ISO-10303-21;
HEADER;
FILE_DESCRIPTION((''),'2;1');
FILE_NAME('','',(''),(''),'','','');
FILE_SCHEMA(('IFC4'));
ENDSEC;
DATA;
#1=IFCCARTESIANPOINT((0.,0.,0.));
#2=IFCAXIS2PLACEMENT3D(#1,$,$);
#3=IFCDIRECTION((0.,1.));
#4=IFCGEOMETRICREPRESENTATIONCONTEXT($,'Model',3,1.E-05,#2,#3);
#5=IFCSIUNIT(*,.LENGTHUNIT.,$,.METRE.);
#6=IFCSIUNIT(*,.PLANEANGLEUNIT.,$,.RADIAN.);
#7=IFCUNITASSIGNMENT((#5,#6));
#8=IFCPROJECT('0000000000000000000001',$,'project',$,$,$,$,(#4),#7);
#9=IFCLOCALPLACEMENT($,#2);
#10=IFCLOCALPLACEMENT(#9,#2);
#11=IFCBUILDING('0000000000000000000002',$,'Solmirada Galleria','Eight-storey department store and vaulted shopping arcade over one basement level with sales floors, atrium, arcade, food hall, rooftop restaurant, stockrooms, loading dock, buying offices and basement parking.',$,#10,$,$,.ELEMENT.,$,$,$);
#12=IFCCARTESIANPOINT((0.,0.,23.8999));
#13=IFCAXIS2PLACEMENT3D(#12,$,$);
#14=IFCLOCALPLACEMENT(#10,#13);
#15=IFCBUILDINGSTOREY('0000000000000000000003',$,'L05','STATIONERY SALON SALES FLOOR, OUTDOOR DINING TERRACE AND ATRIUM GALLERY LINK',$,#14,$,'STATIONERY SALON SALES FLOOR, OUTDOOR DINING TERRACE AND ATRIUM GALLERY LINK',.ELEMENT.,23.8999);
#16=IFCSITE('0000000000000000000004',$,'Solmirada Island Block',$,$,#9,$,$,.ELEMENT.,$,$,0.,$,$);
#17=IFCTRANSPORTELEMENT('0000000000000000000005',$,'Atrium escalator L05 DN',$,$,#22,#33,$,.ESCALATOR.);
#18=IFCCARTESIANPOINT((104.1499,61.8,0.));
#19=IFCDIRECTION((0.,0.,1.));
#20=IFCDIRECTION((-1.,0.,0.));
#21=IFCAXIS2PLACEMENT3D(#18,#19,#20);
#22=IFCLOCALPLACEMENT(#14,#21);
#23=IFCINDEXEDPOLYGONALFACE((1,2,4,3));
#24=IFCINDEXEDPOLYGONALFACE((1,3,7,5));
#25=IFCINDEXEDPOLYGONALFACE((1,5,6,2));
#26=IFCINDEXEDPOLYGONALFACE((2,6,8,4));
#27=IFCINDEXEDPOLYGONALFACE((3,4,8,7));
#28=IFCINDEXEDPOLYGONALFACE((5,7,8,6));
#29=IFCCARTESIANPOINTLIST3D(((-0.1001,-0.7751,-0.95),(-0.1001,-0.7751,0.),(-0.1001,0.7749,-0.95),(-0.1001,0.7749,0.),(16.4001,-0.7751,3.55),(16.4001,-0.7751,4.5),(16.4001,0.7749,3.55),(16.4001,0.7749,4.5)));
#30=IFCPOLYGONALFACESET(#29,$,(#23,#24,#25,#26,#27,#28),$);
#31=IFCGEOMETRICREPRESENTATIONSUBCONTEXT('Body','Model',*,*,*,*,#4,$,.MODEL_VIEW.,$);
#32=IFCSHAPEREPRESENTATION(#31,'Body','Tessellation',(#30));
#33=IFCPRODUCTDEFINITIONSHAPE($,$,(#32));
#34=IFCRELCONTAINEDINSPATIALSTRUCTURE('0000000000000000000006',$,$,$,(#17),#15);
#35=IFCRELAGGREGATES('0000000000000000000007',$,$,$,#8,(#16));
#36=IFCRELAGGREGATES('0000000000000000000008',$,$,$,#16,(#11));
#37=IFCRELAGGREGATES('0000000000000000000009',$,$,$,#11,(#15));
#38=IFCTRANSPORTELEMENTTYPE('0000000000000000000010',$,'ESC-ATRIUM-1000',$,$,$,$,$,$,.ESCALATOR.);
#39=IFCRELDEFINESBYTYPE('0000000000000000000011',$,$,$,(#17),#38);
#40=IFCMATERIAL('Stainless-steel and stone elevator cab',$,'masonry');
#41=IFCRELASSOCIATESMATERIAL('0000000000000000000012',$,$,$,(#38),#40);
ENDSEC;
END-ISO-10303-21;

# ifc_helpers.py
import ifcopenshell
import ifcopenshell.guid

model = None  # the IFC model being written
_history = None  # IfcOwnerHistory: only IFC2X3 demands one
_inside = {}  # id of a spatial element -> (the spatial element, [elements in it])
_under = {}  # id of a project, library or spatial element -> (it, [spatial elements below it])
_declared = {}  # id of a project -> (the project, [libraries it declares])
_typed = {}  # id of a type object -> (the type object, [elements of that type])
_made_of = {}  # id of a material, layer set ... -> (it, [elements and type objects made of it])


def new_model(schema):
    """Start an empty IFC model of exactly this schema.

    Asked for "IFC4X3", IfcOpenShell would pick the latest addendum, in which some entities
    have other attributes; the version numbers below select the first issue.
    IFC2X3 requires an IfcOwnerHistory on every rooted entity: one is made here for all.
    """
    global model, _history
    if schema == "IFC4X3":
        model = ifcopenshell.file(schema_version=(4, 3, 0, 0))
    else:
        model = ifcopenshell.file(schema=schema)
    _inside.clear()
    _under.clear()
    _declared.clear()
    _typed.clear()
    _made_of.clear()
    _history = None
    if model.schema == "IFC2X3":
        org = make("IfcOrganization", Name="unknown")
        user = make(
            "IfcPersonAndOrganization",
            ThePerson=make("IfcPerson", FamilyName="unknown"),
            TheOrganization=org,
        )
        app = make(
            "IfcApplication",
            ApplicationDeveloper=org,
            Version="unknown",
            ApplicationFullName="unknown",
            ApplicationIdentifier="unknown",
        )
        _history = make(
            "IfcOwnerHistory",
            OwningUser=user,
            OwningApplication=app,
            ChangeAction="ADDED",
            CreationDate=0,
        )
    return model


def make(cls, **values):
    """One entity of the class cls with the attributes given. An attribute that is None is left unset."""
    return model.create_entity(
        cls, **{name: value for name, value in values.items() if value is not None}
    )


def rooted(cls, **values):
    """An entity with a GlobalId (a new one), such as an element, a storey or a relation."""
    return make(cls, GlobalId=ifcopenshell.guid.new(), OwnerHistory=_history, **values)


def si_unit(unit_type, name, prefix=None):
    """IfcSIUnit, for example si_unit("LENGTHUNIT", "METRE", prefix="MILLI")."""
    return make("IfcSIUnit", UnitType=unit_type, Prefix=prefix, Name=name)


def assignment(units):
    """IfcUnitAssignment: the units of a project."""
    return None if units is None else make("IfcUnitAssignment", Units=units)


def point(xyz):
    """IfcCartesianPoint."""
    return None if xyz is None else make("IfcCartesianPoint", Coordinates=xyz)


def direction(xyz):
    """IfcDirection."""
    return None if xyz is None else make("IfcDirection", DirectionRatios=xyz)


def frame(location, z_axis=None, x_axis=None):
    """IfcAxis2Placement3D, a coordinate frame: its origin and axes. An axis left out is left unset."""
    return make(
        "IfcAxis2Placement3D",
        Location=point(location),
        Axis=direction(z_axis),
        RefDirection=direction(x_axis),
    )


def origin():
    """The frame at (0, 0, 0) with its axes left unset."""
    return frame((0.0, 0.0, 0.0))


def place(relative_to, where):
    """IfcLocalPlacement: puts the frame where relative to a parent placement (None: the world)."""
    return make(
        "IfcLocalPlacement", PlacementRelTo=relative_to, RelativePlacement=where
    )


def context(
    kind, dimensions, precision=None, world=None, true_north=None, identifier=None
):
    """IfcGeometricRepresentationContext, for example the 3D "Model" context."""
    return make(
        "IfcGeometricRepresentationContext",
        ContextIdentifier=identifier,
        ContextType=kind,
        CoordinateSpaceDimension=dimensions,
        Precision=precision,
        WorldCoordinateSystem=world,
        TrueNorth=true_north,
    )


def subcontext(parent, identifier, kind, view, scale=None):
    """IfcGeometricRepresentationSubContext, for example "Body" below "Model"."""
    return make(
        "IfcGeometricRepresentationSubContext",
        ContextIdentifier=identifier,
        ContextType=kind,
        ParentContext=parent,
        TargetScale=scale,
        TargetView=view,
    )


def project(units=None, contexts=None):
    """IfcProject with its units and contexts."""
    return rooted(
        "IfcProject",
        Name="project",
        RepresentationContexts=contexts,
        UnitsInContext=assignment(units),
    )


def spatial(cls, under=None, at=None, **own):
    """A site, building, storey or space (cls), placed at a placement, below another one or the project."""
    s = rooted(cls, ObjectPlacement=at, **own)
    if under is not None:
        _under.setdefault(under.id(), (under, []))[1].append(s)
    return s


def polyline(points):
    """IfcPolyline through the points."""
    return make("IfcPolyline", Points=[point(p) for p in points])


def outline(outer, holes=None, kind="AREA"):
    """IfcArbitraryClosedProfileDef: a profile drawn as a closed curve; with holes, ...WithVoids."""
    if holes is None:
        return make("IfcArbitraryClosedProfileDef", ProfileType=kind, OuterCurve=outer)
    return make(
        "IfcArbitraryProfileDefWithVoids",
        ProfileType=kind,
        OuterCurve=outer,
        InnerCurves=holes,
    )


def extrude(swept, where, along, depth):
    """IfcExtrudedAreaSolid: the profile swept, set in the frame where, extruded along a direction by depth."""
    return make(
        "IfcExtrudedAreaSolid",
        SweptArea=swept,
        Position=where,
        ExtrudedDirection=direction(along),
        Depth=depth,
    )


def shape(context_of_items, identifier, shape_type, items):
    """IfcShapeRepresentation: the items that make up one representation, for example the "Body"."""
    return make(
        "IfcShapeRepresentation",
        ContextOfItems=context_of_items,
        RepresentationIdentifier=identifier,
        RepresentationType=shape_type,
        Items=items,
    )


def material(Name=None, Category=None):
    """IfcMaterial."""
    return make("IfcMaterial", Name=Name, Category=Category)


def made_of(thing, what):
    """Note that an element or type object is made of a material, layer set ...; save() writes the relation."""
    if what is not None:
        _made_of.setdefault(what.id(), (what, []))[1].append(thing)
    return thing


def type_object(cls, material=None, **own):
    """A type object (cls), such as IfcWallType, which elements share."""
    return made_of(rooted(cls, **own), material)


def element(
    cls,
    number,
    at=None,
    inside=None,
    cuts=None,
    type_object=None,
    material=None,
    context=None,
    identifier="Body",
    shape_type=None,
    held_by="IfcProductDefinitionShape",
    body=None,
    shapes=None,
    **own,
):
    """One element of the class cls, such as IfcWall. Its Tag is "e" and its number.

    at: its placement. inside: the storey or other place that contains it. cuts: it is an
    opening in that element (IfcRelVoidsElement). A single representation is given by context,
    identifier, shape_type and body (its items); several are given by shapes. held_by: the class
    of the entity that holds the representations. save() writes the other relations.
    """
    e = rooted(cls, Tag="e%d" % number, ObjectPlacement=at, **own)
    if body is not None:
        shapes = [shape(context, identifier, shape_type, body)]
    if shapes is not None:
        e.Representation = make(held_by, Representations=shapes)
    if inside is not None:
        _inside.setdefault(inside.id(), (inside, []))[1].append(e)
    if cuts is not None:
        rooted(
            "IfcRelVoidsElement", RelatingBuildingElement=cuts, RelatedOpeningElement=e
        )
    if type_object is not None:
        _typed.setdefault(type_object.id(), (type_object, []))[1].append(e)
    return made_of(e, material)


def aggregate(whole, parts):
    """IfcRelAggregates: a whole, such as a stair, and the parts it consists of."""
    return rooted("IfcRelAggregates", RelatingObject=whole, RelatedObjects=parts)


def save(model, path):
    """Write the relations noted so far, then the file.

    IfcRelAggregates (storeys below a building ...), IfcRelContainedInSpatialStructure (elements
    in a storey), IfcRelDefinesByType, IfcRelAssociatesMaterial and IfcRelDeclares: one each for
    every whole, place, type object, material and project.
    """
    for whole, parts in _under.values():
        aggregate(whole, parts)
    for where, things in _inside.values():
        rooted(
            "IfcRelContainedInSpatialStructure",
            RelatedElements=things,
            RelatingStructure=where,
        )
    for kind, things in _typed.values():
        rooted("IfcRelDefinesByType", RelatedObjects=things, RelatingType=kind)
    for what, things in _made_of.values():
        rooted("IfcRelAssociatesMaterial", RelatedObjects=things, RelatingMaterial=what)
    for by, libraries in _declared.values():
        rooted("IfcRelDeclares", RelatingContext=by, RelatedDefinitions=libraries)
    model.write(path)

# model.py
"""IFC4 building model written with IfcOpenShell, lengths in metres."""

from ifc_helpers import new_model, si_unit, direction, frame, origin, place, context, subcontext, project, spatial, polyline, outline, extrude, material, type_object, element, save


model = new_model("IFC4")

# Units and contexts
model_context = context("Model", 3, precision=1e-05, world=origin(), true_north=direction((0.0, 1.0)))
body_context = subcontext(model_context, "Body", "Model", "MODEL_VIEW")
ifc_project = project(units=[si_unit("LENGTHUNIT", "METRE"), si_unit("PLANEANGLEUNIT", "RADIAN")], contexts=[model_context])

# Site, building, storey
site_placement = place(None, origin())
site = spatial("IfcSite", under=ifc_project, at=site_placement, Name="Solmirada Island Block", CompositionType="ELEMENT", RefElevation=0.0)
building_placement = place(site_placement, origin())
building = spatial("IfcBuilding", under=site, at=building_placement, Name="Solmirada Galleria", Description="Eight-storey department store and vaulted shopping arcade over one basement level with sales floors, atrium, arcade, food hall, rooftop restaurant, stockrooms, loading dock, buying offices and basement parking.", CompositionType="ELEMENT")
storey_placement = place(building_placement, frame((0.0, 0.0, 23.8999)))
storey = spatial("IfcBuildingStorey", under=building, at=storey_placement, Name="L05", Description="STATIONERY SALON SALES FLOOR, OUTDOOR DINING TERRACE AND ATRIUM GALLERY LINK", LongName="STATIONERY SALON SALES FLOOR, OUTDOOR DINING TERRACE AND ATRIUM GALLERY LINK", CompositionType="ELEMENT", Elevation=23.8999)

# Transport element
ifc_material_1 = material(Name="Stainless-steel and stone elevator cab", Category="masonry")
transport_element_type = type_object("IfcTransportElementType", Name="ESC-ATRIUM-1000", PredefinedType="ESCALATOR", material=ifc_material_1)
transport_element_placement = place(storey_placement, frame((104.1499, 61.8, 0.0), z_axis=(0.0, 0.0, 1.0), x_axis=(-1.0, 0.0, 0.0)))
element("IfcTransportElement", 1, at=transport_element_placement, inside=storey, type_object=transport_element_type, Name="Atrium escalator L05 DN", PredefinedType="ESCALATOR", context=body_context, shape_type="SweptSolid", body=[
    extrude(outline(polyline([(-0.1001, 0.0), (16.4001, 4.5), (16.4001, 3.55), (-0.1001, -0.95), (-0.1001, 0.0)])), frame((0.0, 0.7749, 0.0), z_axis=(0.0, -1.0, 0.0), x_axis=(1.0, 0.0, 0.0)), (0.0, 0.0, 1.0), 1.55),
])

save(model, "model.ifc")
